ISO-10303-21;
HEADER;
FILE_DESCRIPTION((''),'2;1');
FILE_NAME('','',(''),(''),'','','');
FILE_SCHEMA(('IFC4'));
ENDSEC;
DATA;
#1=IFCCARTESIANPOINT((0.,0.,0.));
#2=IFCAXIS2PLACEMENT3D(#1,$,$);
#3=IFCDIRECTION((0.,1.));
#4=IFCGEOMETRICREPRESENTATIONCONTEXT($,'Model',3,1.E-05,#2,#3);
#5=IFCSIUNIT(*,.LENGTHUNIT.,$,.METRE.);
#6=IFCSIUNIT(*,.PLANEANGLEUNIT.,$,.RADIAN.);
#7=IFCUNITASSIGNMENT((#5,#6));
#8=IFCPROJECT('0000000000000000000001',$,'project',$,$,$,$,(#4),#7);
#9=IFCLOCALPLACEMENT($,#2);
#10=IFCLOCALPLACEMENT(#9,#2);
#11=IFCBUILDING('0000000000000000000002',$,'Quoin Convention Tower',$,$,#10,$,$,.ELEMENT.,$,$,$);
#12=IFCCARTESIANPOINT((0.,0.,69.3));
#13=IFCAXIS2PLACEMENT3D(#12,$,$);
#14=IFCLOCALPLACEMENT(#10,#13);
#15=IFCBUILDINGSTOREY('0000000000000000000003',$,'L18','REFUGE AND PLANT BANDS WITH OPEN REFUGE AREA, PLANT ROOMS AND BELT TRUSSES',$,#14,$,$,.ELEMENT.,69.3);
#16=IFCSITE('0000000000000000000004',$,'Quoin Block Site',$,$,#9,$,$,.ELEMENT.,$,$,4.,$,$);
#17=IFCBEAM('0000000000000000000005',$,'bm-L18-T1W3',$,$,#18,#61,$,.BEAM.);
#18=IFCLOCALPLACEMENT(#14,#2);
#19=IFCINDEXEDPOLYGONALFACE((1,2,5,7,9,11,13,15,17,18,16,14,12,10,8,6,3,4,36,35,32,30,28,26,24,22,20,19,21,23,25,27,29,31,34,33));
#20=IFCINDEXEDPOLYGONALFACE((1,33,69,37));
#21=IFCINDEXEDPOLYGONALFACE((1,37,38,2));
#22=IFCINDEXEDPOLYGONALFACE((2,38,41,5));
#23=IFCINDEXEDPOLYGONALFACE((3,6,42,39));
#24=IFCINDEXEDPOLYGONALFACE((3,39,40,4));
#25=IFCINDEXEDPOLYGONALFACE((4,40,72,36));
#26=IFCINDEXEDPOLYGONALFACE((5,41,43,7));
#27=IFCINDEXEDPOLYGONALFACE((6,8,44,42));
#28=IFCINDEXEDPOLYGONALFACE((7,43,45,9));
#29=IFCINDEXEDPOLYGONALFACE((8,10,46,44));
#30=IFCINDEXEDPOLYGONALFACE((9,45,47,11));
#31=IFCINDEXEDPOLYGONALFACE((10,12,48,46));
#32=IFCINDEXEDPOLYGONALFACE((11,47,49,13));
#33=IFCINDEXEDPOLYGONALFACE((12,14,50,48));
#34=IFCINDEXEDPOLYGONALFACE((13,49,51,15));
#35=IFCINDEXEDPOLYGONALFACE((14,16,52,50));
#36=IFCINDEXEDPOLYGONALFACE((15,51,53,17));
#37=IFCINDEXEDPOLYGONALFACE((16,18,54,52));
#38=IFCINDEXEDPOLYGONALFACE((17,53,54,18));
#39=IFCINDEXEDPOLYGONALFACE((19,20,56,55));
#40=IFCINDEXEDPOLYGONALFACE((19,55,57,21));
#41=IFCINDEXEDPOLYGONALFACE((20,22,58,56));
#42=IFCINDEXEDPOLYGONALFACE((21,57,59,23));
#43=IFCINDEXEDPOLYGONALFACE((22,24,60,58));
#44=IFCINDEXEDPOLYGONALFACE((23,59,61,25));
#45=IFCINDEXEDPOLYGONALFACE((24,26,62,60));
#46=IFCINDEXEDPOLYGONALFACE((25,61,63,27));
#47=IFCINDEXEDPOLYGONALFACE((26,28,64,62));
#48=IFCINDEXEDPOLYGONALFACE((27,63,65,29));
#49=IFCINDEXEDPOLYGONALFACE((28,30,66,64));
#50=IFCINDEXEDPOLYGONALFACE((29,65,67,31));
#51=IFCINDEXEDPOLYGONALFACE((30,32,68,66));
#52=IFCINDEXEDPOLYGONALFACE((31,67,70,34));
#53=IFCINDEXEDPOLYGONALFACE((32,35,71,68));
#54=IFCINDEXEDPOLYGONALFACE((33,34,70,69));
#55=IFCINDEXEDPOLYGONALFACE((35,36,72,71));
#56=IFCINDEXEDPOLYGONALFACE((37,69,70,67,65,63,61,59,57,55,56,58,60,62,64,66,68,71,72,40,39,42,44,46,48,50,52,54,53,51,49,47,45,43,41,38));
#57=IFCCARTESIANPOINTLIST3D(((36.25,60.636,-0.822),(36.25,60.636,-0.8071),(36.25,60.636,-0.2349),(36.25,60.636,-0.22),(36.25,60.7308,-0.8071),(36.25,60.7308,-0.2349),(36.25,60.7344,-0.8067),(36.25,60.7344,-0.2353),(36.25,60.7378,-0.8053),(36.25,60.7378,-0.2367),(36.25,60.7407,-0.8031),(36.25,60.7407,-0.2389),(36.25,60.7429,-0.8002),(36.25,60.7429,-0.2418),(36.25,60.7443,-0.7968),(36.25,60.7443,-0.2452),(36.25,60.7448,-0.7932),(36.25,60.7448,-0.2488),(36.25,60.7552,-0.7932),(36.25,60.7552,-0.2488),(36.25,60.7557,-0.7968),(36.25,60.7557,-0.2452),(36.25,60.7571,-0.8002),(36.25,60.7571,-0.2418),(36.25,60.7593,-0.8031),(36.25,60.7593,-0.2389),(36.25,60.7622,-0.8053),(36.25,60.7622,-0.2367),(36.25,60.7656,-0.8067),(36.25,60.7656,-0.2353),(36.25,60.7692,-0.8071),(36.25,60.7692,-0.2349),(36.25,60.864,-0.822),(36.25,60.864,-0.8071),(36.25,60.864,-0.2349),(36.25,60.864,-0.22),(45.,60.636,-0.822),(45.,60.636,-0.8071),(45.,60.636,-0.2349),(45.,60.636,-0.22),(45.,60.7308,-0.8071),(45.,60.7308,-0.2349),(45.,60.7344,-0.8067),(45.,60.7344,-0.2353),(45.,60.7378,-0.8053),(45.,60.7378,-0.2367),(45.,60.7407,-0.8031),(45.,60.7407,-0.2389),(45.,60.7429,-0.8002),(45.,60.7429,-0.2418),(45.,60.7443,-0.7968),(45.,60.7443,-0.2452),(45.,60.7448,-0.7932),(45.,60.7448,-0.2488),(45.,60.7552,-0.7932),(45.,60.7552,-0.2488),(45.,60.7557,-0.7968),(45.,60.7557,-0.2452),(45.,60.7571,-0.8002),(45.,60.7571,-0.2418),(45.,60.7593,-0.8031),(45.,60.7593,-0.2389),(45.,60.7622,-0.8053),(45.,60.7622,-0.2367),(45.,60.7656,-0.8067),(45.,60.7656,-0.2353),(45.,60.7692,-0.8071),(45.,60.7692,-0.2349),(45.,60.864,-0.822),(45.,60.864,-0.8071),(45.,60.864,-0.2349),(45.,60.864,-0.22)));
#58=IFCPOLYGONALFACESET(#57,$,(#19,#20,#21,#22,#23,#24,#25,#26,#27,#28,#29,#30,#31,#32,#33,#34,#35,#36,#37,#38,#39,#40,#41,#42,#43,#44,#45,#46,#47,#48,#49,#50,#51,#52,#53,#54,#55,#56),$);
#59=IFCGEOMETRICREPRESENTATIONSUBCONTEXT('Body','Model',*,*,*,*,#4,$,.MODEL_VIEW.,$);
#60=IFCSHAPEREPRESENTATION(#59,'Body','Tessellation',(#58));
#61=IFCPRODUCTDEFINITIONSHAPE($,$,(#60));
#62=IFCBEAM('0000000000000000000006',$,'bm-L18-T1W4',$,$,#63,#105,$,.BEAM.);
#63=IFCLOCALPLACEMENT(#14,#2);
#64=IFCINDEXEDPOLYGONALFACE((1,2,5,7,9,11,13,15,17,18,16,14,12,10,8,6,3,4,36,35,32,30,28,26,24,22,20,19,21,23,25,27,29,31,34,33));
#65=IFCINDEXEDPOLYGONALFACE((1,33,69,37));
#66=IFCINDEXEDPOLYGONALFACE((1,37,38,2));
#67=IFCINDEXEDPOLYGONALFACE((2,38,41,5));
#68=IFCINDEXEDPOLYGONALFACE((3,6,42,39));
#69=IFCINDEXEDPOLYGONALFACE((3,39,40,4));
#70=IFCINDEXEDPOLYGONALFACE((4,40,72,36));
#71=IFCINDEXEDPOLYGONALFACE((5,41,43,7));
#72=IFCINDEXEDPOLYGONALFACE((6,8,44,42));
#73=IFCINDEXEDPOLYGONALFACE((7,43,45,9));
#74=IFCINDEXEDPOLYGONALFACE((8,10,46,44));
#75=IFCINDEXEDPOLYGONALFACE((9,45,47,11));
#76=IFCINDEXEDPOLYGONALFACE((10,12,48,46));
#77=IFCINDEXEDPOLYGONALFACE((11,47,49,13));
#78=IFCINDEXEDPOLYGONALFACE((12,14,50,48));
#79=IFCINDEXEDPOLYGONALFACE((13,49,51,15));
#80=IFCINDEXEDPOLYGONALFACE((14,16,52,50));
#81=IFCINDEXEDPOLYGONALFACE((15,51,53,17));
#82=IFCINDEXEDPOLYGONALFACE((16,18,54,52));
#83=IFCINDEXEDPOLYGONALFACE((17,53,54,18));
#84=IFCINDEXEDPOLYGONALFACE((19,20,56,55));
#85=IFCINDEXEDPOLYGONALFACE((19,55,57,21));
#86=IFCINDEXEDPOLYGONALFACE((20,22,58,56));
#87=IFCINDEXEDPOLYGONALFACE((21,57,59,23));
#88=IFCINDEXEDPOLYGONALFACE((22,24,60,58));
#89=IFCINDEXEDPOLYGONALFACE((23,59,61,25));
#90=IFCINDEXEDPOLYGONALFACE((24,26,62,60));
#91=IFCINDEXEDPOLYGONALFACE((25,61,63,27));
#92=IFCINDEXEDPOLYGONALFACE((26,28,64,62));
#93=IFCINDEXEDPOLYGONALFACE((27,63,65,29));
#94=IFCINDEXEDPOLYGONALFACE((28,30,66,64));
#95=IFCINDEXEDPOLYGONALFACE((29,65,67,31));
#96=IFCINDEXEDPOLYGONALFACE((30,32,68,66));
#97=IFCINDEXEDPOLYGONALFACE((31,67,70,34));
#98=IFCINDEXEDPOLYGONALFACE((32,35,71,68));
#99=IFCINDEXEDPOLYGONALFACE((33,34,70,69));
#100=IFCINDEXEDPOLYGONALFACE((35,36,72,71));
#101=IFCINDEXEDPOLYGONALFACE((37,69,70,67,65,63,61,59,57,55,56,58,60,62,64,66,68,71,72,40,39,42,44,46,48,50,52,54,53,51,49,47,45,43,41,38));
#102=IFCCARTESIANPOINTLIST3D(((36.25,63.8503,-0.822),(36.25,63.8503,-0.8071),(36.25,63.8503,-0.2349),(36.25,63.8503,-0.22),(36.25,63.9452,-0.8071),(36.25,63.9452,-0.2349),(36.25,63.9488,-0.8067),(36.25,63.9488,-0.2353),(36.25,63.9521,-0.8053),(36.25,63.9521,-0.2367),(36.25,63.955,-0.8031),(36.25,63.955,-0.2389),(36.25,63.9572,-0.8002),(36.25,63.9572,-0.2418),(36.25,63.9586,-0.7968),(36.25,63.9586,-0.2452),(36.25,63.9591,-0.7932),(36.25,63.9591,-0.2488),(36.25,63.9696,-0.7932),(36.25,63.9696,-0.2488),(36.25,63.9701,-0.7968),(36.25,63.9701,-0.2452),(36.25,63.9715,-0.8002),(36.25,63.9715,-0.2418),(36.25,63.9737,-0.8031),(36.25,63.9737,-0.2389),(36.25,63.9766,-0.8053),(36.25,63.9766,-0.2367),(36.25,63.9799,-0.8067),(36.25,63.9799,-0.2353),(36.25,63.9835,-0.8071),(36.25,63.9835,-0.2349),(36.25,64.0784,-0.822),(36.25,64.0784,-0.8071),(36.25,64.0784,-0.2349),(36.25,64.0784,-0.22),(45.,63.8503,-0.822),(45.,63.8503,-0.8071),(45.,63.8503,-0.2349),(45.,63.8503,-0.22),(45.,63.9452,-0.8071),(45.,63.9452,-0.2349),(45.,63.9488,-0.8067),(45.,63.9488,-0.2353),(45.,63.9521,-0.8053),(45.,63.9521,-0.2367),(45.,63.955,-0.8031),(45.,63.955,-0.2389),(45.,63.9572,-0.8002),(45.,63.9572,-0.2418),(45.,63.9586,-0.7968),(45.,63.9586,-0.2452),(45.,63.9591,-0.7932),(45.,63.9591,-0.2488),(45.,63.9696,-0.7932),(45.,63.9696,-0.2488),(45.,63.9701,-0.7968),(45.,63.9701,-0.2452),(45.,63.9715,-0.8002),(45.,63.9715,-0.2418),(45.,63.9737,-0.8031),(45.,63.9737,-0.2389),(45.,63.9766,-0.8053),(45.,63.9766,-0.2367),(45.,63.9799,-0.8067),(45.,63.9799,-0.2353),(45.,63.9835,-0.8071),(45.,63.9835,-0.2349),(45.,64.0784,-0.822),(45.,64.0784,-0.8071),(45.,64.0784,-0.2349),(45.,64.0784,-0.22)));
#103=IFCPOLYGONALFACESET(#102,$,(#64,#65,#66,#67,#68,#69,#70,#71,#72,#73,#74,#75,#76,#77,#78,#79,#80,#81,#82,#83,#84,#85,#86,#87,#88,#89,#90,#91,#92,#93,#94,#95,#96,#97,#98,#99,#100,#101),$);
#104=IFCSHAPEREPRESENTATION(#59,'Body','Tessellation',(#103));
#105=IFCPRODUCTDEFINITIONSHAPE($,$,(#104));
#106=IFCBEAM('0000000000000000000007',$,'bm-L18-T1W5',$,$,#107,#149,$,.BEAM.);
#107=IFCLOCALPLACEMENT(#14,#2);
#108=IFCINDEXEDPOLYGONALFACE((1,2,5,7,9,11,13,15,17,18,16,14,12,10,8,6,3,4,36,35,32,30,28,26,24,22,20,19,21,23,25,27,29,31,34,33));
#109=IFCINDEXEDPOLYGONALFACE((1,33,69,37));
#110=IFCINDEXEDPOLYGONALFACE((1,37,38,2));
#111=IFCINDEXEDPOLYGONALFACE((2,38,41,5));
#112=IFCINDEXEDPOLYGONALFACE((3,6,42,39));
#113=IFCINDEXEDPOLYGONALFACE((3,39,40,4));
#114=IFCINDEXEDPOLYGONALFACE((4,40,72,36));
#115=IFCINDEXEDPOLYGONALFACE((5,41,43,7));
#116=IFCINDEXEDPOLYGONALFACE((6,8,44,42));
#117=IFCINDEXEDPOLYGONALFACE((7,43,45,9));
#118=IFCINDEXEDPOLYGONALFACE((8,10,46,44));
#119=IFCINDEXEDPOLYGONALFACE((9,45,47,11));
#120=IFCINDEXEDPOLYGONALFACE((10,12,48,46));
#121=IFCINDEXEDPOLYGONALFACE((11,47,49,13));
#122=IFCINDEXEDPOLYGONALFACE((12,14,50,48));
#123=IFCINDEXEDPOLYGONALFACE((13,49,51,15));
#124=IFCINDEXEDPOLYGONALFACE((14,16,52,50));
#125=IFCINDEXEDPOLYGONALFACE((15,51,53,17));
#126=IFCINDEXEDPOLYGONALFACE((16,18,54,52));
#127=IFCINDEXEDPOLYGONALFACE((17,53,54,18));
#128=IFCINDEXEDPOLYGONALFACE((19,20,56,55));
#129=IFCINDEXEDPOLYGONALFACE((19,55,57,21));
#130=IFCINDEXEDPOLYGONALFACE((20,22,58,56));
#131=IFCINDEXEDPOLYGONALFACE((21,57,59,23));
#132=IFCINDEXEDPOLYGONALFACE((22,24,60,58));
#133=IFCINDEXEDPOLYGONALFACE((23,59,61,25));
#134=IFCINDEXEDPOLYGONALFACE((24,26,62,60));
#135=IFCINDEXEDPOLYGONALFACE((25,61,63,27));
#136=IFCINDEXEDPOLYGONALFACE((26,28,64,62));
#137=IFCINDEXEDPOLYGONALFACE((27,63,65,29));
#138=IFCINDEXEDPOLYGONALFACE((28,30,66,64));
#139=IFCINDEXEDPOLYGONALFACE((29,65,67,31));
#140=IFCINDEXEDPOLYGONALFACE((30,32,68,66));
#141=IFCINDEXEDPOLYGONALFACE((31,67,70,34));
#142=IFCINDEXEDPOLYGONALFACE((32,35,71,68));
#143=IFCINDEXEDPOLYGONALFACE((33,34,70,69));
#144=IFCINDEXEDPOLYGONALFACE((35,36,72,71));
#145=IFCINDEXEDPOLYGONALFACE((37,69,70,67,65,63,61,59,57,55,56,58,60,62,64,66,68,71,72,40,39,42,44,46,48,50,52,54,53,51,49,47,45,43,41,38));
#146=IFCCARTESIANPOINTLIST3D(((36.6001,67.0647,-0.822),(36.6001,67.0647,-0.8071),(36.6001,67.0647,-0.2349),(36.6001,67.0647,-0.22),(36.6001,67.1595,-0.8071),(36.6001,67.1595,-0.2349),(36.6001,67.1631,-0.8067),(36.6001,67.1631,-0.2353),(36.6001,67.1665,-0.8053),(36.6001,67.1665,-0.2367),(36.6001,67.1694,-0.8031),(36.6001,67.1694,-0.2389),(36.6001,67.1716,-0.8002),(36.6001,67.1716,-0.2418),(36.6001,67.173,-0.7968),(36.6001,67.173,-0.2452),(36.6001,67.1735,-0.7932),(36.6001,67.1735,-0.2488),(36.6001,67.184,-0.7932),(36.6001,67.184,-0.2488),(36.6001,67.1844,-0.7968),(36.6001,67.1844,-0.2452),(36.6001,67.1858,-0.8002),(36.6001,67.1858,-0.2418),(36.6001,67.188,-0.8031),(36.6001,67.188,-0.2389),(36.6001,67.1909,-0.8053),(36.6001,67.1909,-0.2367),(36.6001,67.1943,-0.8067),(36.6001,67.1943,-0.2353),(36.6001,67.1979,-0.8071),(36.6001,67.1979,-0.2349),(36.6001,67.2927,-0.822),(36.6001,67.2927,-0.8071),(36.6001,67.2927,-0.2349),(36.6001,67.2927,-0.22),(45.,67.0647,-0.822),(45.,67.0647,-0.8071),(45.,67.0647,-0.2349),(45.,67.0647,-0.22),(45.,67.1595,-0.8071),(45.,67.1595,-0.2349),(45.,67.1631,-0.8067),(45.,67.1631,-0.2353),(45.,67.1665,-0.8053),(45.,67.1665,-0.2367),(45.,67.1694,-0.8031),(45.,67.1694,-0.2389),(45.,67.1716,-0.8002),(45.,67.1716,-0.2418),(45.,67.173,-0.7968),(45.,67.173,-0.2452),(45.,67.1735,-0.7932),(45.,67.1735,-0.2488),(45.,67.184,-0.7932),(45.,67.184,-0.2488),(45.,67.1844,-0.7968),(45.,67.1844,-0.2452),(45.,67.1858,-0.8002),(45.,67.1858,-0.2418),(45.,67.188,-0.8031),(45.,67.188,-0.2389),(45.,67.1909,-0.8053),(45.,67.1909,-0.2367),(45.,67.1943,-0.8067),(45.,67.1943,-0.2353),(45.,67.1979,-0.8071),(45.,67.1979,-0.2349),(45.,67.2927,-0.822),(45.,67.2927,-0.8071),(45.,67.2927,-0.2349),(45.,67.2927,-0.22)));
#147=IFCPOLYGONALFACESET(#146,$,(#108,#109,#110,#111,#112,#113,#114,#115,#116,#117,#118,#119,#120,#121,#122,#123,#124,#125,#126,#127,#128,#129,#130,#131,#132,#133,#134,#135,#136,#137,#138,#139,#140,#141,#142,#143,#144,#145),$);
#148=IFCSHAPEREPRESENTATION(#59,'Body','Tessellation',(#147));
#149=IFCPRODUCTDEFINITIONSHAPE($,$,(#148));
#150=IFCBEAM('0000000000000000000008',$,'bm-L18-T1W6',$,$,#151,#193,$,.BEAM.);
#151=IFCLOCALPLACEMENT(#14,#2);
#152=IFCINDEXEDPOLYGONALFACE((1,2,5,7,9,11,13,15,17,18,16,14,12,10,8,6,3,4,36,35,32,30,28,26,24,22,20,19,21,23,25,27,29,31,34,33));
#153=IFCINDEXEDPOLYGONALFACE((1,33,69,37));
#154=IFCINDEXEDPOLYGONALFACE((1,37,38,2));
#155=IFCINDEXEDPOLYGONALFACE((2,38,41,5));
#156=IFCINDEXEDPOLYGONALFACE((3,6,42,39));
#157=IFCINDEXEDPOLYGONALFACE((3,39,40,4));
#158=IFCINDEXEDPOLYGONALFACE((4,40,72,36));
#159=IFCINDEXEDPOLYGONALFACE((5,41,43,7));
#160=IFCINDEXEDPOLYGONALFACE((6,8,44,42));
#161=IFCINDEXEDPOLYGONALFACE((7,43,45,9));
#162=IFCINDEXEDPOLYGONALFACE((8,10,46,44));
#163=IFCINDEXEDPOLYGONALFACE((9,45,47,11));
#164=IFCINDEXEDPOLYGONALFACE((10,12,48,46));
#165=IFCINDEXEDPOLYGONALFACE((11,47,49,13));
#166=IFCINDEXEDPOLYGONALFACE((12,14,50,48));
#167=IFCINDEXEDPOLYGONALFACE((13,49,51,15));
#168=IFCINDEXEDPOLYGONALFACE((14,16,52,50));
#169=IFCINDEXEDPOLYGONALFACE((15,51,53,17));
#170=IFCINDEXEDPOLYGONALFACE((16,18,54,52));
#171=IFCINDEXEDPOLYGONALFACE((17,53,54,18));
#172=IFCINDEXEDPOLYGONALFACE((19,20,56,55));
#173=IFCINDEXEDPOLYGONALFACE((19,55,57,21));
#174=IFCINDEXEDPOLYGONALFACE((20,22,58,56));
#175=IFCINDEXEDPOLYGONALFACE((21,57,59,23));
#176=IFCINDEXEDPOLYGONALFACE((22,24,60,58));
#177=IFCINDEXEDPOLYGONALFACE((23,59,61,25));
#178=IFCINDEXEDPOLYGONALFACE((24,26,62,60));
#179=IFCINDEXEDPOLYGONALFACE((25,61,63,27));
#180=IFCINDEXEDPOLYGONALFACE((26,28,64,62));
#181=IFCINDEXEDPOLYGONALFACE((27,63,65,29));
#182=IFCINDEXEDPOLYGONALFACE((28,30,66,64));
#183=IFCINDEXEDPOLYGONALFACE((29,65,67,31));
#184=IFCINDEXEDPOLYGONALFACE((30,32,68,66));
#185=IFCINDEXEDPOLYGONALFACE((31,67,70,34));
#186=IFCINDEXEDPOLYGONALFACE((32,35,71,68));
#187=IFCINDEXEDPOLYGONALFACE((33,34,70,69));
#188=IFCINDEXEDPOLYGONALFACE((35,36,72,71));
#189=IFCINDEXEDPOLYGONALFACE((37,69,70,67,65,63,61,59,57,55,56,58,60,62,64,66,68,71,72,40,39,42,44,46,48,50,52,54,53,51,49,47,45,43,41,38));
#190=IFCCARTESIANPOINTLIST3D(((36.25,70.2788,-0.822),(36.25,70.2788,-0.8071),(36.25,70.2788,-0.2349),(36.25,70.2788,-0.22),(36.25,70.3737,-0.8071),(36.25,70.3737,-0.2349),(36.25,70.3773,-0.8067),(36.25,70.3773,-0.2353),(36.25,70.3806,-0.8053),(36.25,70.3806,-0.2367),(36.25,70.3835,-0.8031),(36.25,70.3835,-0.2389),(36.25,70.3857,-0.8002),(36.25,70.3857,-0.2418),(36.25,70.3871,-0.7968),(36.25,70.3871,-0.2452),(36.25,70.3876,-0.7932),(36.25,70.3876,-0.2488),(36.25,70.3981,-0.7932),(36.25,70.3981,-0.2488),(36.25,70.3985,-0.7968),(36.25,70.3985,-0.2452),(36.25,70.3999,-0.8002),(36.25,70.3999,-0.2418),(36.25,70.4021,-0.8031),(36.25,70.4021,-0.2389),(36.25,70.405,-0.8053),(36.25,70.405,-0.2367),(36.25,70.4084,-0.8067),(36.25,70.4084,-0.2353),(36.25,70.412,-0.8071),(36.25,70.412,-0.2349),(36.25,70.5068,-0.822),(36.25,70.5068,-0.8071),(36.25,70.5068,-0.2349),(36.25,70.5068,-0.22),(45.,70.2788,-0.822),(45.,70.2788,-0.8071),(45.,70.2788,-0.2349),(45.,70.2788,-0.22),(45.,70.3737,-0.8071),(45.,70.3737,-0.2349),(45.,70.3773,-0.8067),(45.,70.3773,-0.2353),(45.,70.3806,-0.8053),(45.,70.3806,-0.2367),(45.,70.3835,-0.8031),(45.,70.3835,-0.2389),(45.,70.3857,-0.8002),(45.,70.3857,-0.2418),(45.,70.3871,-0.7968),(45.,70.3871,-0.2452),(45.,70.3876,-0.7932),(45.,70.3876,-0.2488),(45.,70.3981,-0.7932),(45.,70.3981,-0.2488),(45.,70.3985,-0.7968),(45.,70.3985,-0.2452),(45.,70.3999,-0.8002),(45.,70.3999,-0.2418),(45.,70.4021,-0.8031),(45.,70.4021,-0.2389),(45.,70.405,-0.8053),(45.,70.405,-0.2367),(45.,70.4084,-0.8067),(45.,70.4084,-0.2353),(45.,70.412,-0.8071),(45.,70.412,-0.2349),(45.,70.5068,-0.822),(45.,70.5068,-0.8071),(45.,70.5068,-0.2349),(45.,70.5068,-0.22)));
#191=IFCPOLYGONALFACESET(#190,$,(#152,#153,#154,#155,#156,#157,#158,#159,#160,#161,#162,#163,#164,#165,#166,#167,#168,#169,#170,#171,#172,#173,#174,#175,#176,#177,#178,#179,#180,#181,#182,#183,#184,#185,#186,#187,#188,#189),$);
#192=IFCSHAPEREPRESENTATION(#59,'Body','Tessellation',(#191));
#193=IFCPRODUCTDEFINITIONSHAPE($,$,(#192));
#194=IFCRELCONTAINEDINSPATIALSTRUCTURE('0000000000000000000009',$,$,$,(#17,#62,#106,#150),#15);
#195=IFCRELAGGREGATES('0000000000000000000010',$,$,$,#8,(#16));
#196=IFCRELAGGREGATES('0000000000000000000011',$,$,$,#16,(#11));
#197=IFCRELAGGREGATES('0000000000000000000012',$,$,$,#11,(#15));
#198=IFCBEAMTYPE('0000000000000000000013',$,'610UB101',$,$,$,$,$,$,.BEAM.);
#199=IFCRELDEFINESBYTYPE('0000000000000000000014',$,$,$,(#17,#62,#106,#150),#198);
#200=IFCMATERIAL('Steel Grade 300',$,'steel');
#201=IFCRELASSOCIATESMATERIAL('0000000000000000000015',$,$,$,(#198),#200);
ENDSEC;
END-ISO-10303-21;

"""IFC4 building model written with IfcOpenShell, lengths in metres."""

from ifc_helpers import new_model, si_unit, direction, frame, origin, origin_2d, place, context, subcontext, project, spatial, i_section, extrude, material, material_profile, profile_set, type_object, element, save


model = new_model("IFC4")

# Units and contexts
model_context = context("Model", 3, precision=1e-05, world=origin(), true_north=direction((0.0, 1.0)))
body_context = subcontext(model_context, "Body", "Model", "MODEL_VIEW")
ifc_project = project(units=[si_unit("LENGTHUNIT", "METRE"), si_unit("PLANEANGLEUNIT", "RADIAN")], contexts=[model_context])

# Site, building, storey
site_placement = place(None, origin())
site = spatial("IfcSite", under=ifc_project, at=site_placement, Name="Quoin Block Site", CompositionType="ELEMENT", RefElevation=4.0)
building_placement = place(site_placement, origin())
building = spatial("IfcBuilding", under=site, at=building_placement, Name="Quoin Convention Tower", CompositionType="ELEMENT")
storey_placement = place(building_placement, frame((0.0, 0.0, 69.3)))
storey = spatial("IfcBuildingStorey", under=building, at=storey_placement, Name="L18", Description="REFUGE AND PLANT BANDS WITH OPEN REFUGE AREA, PLANT ROOMS AND BELT TRUSSES", CompositionType="ELEMENT", Elevation=69.3)

# Shared definitions
ifc_material_1 = material(Name="Steel Grade 300", Category="steel")

# Beams
ifc_material_profile_1 = material_profile(ifc_material_1, i_section(OverallWidth=0.228, OverallDepth=0.6021, WebThickness=0.0105, FlangeThickness=0.0149, FilletRadius=0.0139, at=origin_2d()), Name="610UB101")
ifc_profile_set_1 = profile_set([ifc_material_profile_1], Name="Steel Grade 300")
beam_type_1 = type_object("IfcBeamType", Name="610UB101", PredefinedType="BEAM", material=ifc_profile_set_1)
for number, where, z_axis, x_axis, name in (
    (1, (36.25, 60.75, -0.521), (1.0, 0.0, 0.0), (0.0, 1.0, 0.0), "bm-L18-T1W3"),
    (2, (36.25, 63.9644, -0.521), (1.0, 0.0, 0.0), (0.0, 1.0, 0.0), "bm-L18-T1W4"),
):
    element("IfcBeam", number, at=place(storey_placement, frame(where, z_axis=z_axis, x_axis=x_axis)), inside=storey, type_object=beam_type_1, Name=name, PredefinedType="BEAM", context=body_context, shape_type="SweptSolid", body=[
        extrude(i_section(OverallWidth=0.228, OverallDepth=0.6021, WebThickness=0.0105, FlangeThickness=0.0149, FilletRadius=0.0139, at=origin_2d()), origin(), (0.0, 0.0, 1.0), 8.75),
    ])
beam_placement = place(storey_placement, frame((36.6001, 67.1787, -0.521), z_axis=(1.0, 0.0, 0.0), x_axis=(0.0, 1.0, 0.0)))
element("IfcBeam", 3, at=beam_placement, inside=storey, type_object=beam_type_1, Name="bm-L18-T1W5", PredefinedType="BEAM", context=body_context, shape_type="SweptSolid", body=[
    extrude(i_section(OverallWidth=0.228, OverallDepth=0.6021, WebThickness=0.0105, FlangeThickness=0.0149, FilletRadius=0.0139, at=origin_2d()), origin(), (0.0, 0.0, 1.0), 8.3999),
])
for number, where, z_axis, x_axis, name in (
    (4, (36.25, 70.3928, -0.521), (1.0, 0.0, 0.0), (0.0, 1.0, 0.0), "bm-L18-T1W6"),
):
    element("IfcBeam", number, at=place(storey_placement, frame(where, z_axis=z_axis, x_axis=x_axis)), inside=storey, type_object=beam_type_1, Name=name, PredefinedType="BEAM", context=body_context, shape_type="SweptSolid", body=[
        extrude(i_section(OverallWidth=0.228, OverallDepth=0.6021, WebThickness=0.0105, FlangeThickness=0.0149, FilletRadius=0.0139, at=origin_2d()), origin(), (0.0, 0.0, 1.0), 8.75),
    ])

save(model, "model.ifc")
